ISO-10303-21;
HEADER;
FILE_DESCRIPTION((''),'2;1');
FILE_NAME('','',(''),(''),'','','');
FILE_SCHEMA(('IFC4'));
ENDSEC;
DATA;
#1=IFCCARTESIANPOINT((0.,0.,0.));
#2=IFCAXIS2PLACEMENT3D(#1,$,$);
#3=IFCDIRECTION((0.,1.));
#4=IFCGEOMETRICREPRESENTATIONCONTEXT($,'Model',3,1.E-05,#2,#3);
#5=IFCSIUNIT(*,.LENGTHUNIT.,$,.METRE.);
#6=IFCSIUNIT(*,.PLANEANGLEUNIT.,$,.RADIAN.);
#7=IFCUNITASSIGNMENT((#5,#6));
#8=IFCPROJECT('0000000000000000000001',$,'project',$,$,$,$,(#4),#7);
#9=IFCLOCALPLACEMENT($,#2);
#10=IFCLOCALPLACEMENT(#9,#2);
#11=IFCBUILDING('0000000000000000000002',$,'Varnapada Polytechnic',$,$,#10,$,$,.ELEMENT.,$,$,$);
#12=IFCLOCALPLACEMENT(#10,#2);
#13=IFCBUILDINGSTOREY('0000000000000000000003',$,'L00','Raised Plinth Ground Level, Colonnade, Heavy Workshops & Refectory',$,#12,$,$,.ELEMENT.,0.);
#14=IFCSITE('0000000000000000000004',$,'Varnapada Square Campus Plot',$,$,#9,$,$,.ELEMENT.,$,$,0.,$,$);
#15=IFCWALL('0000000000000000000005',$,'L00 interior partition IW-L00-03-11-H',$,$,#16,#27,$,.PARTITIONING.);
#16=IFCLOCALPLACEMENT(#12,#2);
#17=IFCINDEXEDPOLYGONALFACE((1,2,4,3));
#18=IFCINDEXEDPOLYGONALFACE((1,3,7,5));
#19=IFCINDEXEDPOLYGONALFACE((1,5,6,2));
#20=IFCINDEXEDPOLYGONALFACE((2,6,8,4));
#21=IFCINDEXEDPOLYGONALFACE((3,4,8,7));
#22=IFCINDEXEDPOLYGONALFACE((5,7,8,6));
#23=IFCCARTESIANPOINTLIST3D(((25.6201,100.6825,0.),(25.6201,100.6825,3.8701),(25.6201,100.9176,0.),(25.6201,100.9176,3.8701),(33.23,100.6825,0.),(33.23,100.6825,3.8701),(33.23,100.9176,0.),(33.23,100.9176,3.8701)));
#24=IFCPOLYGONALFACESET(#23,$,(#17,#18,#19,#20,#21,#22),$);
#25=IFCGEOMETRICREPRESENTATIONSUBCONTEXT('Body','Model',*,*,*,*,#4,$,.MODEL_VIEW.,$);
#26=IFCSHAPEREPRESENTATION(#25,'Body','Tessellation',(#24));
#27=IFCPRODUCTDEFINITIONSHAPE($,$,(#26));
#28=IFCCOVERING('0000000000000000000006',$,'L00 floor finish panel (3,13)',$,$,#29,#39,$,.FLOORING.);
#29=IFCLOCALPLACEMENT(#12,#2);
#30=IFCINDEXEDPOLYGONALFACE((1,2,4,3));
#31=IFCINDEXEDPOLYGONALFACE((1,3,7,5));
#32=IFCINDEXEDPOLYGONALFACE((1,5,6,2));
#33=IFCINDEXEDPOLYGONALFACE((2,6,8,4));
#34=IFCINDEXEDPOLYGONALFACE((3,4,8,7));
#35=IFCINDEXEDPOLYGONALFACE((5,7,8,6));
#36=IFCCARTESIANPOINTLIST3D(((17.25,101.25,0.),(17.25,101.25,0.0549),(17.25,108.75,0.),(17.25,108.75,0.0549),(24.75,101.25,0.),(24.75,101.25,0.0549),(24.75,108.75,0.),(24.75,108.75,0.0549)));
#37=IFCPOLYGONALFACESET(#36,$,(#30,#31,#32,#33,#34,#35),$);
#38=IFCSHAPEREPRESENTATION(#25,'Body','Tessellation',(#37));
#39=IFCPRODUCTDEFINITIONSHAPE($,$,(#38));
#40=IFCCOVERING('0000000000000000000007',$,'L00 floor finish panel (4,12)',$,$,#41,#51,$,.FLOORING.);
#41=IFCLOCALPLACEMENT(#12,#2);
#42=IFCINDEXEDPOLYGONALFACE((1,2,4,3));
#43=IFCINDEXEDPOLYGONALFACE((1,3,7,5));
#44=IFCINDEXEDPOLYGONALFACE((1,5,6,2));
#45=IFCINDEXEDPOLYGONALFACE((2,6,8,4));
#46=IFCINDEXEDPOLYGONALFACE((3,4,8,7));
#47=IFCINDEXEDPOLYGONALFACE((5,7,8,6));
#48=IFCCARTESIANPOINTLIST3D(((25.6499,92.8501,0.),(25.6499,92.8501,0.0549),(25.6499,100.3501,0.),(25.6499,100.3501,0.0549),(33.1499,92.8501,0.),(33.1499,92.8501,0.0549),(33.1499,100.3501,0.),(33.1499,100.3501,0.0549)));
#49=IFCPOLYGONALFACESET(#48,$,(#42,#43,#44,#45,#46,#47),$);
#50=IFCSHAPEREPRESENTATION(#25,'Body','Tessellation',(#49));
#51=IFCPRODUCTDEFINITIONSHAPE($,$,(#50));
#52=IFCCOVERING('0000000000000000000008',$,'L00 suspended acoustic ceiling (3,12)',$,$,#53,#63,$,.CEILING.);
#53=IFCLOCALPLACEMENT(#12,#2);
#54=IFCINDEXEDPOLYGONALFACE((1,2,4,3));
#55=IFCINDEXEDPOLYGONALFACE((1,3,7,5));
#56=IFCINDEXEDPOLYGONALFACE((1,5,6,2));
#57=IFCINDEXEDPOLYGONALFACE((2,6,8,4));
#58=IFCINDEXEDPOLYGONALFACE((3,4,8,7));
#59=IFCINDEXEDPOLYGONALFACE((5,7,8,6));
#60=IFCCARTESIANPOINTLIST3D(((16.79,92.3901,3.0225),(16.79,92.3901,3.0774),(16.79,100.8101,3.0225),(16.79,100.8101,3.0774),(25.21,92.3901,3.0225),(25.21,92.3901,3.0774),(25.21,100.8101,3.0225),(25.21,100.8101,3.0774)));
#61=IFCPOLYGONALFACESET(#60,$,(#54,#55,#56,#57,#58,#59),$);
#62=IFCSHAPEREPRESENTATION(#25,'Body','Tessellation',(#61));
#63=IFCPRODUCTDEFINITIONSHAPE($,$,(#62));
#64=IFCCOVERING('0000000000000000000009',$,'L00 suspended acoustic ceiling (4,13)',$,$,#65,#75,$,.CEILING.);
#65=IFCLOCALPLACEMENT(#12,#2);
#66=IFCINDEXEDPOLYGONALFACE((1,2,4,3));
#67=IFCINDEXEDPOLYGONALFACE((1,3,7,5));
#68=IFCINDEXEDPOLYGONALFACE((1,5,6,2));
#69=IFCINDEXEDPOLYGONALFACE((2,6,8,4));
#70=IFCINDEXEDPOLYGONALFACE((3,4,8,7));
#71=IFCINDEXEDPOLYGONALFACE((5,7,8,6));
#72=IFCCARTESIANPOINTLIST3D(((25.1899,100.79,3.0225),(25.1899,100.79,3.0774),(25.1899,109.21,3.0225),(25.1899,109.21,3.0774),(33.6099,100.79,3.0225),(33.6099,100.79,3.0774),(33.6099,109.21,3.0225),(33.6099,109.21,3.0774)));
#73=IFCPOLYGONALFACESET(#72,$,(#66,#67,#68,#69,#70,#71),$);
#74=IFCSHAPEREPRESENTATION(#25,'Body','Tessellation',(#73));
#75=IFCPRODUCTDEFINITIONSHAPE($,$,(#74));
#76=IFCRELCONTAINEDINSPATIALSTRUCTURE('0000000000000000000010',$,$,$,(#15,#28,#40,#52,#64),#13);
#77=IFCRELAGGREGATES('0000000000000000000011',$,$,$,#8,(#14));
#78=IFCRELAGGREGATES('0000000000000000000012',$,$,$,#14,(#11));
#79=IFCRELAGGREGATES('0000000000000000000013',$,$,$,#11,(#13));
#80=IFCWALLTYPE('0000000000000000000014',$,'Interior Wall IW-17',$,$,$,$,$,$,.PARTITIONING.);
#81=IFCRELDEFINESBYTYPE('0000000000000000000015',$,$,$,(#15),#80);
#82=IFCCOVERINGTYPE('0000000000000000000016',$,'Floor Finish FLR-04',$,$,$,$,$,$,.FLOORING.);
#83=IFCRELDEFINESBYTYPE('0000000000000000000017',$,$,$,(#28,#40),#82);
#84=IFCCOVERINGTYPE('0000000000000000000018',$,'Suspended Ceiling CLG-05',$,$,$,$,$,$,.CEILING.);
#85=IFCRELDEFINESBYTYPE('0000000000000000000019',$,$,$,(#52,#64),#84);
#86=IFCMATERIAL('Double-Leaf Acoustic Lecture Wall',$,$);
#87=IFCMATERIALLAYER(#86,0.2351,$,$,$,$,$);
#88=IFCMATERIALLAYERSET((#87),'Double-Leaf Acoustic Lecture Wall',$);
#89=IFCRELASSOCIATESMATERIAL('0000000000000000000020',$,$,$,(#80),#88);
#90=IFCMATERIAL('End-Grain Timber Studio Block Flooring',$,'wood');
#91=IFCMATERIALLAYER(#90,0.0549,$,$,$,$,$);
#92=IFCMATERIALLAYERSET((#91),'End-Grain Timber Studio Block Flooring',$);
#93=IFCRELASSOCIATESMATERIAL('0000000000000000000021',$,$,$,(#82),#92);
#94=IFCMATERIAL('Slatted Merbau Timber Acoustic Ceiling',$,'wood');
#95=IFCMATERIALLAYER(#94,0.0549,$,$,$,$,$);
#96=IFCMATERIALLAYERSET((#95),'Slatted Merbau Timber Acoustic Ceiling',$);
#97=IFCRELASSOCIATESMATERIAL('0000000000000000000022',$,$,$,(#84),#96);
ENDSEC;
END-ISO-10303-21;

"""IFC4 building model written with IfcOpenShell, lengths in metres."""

from ifc_helpers import new_model, si_unit, direction, frame, frame_2d, origin, origin_2d, place, context, subcontext, project, spatial, rectangle, extrude, material, layer, layer_set, type_object, element, save


model = new_model("IFC4")

# Units and contexts
model_context = context("Model", 3, precision=1e-05, world=origin(), true_north=direction((0.0, 1.0)))
body_context = subcontext(model_context, "Body", "Model", "MODEL_VIEW")
ifc_project = project(units=[si_unit("LENGTHUNIT", "METRE"), si_unit("PLANEANGLEUNIT", "RADIAN")], contexts=[model_context])

# Site, building, storey
site_placement = place(None, origin())
site = spatial("IfcSite", under=ifc_project, at=site_placement, Name="Varnapada Square Campus Plot", CompositionType="ELEMENT", RefElevation=0.0)
building_placement = place(site_placement, origin())
building = spatial("IfcBuilding", under=site, at=building_placement, Name="Varnapada Polytechnic", CompositionType="ELEMENT")
storey_placement = place(building_placement, origin())
storey = spatial("IfcBuildingStorey", under=building, at=storey_placement, Name="L00", Description="Raised Plinth Ground Level, Colonnade, Heavy Workshops & Refectory", CompositionType="ELEMENT", Elevation=0.0)

# Wall
ifc_material_1 = material(Name="Double-Leaf Acoustic Lecture Wall")
ifc_layer_1 = layer(ifc_material_1, 0.2351)
ifc_layer_set_1 = layer_set([ifc_layer_1], Name="Double-Leaf Acoustic Lecture Wall")
wall_type_1 = type_object("IfcWallType", Name="Interior Wall IW-17", PredefinedType="PARTITIONING", material=ifc_layer_set_1)
wall_1_placement = place(storey_placement, frame((25.6201, 100.8, 0.0), z_axis=(0.0, 0.0, 1.0), x_axis=(1.0, 0.0, 0.0)))
element("IfcWall", 1, at=wall_1_placement, inside=storey, type_object=wall_type_1, Name="L00 interior partition IW-L00-03-11-H", PredefinedType="PARTITIONING", context=body_context, shape_type="SweptSolid", body=[
    extrude(rectangle(XDim=7.6099, YDim=0.2351, at=frame_2d((3.8049, 0.0))), origin(), (0.0, 0.0, 1.0), 3.8701),
])

# Coverings
ifc_material_2 = material(Name="End-Grain Timber Studio Block Flooring", Category="wood")
ifc_layer_2 = layer(ifc_material_2, 0.0549)
ifc_layer_set_2 = layer_set([ifc_layer_2], Name="End-Grain Timber Studio Block Flooring")
covering_type_1 = type_object("IfcCoveringType", Name="Floor Finish FLR-04", PredefinedType="FLOORING", material=ifc_layer_set_2)
for number, where, z_axis, x_axis, name in (
    (2, (21.0, 105.0, 0.0), (0.0, 0.0, 1.0), (1.0, 0.0, 0.0), "L00 floor finish panel (3,13)"),
    (3, (29.3999, 96.6001, 0.0), (0.0, 0.0, 1.0), (1.0, 0.0, 0.0), "L00 floor finish panel (4,12)"),
):
    element("IfcCovering", number, at=place(storey_placement, frame(where, z_axis=z_axis, x_axis=x_axis)), inside=storey, type_object=covering_type_1, Name=name, PredefinedType="FLOORING", context=body_context, shape_type="SweptSolid", body=[
        extrude(rectangle(XDim=7.5, YDim=7.5, at=origin_2d()), origin(), (0.0, 0.0, 1.0), 0.0549),
    ])
ifc_material_3 = material(Name="Slatted Merbau Timber Acoustic Ceiling", Category="wood")
ifc_layer_3 = layer(ifc_material_3, 0.0549)
ifc_layer_set_3 = layer_set([ifc_layer_3], Name="Slatted Merbau Timber Acoustic Ceiling")
covering_type_2 = type_object("IfcCoveringType", Name="Suspended Ceiling CLG-05", PredefinedType="CEILING", material=ifc_layer_set_3)
for number, where, z_axis, x_axis, name in (
    (4, (21.0, 96.6001, 3.0225), (0.0, 0.0, 1.0), (1.0, 0.0, 0.0), "L00 suspended acoustic ceiling (3,12)"),
    (5, (29.3999, 105.0, 3.0225), (0.0, 0.0, 1.0), (1.0, 0.0, 0.0), "L00 suspended acoustic ceiling (4,13)"),
):
    element("IfcCovering", number, at=place(storey_placement, frame(where, z_axis=z_axis, x_axis=x_axis)), inside=storey, type_object=covering_type_2, Name=name, PredefinedType="CEILING", context=body_context, shape_type="SweptSolid", body=[
        extrude(rectangle(XDim=8.4199, YDim=8.4199, at=origin_2d()), origin(), (0.0, 0.0, 1.0), 0.0549),
    ])

save(model, "model.ifc")
